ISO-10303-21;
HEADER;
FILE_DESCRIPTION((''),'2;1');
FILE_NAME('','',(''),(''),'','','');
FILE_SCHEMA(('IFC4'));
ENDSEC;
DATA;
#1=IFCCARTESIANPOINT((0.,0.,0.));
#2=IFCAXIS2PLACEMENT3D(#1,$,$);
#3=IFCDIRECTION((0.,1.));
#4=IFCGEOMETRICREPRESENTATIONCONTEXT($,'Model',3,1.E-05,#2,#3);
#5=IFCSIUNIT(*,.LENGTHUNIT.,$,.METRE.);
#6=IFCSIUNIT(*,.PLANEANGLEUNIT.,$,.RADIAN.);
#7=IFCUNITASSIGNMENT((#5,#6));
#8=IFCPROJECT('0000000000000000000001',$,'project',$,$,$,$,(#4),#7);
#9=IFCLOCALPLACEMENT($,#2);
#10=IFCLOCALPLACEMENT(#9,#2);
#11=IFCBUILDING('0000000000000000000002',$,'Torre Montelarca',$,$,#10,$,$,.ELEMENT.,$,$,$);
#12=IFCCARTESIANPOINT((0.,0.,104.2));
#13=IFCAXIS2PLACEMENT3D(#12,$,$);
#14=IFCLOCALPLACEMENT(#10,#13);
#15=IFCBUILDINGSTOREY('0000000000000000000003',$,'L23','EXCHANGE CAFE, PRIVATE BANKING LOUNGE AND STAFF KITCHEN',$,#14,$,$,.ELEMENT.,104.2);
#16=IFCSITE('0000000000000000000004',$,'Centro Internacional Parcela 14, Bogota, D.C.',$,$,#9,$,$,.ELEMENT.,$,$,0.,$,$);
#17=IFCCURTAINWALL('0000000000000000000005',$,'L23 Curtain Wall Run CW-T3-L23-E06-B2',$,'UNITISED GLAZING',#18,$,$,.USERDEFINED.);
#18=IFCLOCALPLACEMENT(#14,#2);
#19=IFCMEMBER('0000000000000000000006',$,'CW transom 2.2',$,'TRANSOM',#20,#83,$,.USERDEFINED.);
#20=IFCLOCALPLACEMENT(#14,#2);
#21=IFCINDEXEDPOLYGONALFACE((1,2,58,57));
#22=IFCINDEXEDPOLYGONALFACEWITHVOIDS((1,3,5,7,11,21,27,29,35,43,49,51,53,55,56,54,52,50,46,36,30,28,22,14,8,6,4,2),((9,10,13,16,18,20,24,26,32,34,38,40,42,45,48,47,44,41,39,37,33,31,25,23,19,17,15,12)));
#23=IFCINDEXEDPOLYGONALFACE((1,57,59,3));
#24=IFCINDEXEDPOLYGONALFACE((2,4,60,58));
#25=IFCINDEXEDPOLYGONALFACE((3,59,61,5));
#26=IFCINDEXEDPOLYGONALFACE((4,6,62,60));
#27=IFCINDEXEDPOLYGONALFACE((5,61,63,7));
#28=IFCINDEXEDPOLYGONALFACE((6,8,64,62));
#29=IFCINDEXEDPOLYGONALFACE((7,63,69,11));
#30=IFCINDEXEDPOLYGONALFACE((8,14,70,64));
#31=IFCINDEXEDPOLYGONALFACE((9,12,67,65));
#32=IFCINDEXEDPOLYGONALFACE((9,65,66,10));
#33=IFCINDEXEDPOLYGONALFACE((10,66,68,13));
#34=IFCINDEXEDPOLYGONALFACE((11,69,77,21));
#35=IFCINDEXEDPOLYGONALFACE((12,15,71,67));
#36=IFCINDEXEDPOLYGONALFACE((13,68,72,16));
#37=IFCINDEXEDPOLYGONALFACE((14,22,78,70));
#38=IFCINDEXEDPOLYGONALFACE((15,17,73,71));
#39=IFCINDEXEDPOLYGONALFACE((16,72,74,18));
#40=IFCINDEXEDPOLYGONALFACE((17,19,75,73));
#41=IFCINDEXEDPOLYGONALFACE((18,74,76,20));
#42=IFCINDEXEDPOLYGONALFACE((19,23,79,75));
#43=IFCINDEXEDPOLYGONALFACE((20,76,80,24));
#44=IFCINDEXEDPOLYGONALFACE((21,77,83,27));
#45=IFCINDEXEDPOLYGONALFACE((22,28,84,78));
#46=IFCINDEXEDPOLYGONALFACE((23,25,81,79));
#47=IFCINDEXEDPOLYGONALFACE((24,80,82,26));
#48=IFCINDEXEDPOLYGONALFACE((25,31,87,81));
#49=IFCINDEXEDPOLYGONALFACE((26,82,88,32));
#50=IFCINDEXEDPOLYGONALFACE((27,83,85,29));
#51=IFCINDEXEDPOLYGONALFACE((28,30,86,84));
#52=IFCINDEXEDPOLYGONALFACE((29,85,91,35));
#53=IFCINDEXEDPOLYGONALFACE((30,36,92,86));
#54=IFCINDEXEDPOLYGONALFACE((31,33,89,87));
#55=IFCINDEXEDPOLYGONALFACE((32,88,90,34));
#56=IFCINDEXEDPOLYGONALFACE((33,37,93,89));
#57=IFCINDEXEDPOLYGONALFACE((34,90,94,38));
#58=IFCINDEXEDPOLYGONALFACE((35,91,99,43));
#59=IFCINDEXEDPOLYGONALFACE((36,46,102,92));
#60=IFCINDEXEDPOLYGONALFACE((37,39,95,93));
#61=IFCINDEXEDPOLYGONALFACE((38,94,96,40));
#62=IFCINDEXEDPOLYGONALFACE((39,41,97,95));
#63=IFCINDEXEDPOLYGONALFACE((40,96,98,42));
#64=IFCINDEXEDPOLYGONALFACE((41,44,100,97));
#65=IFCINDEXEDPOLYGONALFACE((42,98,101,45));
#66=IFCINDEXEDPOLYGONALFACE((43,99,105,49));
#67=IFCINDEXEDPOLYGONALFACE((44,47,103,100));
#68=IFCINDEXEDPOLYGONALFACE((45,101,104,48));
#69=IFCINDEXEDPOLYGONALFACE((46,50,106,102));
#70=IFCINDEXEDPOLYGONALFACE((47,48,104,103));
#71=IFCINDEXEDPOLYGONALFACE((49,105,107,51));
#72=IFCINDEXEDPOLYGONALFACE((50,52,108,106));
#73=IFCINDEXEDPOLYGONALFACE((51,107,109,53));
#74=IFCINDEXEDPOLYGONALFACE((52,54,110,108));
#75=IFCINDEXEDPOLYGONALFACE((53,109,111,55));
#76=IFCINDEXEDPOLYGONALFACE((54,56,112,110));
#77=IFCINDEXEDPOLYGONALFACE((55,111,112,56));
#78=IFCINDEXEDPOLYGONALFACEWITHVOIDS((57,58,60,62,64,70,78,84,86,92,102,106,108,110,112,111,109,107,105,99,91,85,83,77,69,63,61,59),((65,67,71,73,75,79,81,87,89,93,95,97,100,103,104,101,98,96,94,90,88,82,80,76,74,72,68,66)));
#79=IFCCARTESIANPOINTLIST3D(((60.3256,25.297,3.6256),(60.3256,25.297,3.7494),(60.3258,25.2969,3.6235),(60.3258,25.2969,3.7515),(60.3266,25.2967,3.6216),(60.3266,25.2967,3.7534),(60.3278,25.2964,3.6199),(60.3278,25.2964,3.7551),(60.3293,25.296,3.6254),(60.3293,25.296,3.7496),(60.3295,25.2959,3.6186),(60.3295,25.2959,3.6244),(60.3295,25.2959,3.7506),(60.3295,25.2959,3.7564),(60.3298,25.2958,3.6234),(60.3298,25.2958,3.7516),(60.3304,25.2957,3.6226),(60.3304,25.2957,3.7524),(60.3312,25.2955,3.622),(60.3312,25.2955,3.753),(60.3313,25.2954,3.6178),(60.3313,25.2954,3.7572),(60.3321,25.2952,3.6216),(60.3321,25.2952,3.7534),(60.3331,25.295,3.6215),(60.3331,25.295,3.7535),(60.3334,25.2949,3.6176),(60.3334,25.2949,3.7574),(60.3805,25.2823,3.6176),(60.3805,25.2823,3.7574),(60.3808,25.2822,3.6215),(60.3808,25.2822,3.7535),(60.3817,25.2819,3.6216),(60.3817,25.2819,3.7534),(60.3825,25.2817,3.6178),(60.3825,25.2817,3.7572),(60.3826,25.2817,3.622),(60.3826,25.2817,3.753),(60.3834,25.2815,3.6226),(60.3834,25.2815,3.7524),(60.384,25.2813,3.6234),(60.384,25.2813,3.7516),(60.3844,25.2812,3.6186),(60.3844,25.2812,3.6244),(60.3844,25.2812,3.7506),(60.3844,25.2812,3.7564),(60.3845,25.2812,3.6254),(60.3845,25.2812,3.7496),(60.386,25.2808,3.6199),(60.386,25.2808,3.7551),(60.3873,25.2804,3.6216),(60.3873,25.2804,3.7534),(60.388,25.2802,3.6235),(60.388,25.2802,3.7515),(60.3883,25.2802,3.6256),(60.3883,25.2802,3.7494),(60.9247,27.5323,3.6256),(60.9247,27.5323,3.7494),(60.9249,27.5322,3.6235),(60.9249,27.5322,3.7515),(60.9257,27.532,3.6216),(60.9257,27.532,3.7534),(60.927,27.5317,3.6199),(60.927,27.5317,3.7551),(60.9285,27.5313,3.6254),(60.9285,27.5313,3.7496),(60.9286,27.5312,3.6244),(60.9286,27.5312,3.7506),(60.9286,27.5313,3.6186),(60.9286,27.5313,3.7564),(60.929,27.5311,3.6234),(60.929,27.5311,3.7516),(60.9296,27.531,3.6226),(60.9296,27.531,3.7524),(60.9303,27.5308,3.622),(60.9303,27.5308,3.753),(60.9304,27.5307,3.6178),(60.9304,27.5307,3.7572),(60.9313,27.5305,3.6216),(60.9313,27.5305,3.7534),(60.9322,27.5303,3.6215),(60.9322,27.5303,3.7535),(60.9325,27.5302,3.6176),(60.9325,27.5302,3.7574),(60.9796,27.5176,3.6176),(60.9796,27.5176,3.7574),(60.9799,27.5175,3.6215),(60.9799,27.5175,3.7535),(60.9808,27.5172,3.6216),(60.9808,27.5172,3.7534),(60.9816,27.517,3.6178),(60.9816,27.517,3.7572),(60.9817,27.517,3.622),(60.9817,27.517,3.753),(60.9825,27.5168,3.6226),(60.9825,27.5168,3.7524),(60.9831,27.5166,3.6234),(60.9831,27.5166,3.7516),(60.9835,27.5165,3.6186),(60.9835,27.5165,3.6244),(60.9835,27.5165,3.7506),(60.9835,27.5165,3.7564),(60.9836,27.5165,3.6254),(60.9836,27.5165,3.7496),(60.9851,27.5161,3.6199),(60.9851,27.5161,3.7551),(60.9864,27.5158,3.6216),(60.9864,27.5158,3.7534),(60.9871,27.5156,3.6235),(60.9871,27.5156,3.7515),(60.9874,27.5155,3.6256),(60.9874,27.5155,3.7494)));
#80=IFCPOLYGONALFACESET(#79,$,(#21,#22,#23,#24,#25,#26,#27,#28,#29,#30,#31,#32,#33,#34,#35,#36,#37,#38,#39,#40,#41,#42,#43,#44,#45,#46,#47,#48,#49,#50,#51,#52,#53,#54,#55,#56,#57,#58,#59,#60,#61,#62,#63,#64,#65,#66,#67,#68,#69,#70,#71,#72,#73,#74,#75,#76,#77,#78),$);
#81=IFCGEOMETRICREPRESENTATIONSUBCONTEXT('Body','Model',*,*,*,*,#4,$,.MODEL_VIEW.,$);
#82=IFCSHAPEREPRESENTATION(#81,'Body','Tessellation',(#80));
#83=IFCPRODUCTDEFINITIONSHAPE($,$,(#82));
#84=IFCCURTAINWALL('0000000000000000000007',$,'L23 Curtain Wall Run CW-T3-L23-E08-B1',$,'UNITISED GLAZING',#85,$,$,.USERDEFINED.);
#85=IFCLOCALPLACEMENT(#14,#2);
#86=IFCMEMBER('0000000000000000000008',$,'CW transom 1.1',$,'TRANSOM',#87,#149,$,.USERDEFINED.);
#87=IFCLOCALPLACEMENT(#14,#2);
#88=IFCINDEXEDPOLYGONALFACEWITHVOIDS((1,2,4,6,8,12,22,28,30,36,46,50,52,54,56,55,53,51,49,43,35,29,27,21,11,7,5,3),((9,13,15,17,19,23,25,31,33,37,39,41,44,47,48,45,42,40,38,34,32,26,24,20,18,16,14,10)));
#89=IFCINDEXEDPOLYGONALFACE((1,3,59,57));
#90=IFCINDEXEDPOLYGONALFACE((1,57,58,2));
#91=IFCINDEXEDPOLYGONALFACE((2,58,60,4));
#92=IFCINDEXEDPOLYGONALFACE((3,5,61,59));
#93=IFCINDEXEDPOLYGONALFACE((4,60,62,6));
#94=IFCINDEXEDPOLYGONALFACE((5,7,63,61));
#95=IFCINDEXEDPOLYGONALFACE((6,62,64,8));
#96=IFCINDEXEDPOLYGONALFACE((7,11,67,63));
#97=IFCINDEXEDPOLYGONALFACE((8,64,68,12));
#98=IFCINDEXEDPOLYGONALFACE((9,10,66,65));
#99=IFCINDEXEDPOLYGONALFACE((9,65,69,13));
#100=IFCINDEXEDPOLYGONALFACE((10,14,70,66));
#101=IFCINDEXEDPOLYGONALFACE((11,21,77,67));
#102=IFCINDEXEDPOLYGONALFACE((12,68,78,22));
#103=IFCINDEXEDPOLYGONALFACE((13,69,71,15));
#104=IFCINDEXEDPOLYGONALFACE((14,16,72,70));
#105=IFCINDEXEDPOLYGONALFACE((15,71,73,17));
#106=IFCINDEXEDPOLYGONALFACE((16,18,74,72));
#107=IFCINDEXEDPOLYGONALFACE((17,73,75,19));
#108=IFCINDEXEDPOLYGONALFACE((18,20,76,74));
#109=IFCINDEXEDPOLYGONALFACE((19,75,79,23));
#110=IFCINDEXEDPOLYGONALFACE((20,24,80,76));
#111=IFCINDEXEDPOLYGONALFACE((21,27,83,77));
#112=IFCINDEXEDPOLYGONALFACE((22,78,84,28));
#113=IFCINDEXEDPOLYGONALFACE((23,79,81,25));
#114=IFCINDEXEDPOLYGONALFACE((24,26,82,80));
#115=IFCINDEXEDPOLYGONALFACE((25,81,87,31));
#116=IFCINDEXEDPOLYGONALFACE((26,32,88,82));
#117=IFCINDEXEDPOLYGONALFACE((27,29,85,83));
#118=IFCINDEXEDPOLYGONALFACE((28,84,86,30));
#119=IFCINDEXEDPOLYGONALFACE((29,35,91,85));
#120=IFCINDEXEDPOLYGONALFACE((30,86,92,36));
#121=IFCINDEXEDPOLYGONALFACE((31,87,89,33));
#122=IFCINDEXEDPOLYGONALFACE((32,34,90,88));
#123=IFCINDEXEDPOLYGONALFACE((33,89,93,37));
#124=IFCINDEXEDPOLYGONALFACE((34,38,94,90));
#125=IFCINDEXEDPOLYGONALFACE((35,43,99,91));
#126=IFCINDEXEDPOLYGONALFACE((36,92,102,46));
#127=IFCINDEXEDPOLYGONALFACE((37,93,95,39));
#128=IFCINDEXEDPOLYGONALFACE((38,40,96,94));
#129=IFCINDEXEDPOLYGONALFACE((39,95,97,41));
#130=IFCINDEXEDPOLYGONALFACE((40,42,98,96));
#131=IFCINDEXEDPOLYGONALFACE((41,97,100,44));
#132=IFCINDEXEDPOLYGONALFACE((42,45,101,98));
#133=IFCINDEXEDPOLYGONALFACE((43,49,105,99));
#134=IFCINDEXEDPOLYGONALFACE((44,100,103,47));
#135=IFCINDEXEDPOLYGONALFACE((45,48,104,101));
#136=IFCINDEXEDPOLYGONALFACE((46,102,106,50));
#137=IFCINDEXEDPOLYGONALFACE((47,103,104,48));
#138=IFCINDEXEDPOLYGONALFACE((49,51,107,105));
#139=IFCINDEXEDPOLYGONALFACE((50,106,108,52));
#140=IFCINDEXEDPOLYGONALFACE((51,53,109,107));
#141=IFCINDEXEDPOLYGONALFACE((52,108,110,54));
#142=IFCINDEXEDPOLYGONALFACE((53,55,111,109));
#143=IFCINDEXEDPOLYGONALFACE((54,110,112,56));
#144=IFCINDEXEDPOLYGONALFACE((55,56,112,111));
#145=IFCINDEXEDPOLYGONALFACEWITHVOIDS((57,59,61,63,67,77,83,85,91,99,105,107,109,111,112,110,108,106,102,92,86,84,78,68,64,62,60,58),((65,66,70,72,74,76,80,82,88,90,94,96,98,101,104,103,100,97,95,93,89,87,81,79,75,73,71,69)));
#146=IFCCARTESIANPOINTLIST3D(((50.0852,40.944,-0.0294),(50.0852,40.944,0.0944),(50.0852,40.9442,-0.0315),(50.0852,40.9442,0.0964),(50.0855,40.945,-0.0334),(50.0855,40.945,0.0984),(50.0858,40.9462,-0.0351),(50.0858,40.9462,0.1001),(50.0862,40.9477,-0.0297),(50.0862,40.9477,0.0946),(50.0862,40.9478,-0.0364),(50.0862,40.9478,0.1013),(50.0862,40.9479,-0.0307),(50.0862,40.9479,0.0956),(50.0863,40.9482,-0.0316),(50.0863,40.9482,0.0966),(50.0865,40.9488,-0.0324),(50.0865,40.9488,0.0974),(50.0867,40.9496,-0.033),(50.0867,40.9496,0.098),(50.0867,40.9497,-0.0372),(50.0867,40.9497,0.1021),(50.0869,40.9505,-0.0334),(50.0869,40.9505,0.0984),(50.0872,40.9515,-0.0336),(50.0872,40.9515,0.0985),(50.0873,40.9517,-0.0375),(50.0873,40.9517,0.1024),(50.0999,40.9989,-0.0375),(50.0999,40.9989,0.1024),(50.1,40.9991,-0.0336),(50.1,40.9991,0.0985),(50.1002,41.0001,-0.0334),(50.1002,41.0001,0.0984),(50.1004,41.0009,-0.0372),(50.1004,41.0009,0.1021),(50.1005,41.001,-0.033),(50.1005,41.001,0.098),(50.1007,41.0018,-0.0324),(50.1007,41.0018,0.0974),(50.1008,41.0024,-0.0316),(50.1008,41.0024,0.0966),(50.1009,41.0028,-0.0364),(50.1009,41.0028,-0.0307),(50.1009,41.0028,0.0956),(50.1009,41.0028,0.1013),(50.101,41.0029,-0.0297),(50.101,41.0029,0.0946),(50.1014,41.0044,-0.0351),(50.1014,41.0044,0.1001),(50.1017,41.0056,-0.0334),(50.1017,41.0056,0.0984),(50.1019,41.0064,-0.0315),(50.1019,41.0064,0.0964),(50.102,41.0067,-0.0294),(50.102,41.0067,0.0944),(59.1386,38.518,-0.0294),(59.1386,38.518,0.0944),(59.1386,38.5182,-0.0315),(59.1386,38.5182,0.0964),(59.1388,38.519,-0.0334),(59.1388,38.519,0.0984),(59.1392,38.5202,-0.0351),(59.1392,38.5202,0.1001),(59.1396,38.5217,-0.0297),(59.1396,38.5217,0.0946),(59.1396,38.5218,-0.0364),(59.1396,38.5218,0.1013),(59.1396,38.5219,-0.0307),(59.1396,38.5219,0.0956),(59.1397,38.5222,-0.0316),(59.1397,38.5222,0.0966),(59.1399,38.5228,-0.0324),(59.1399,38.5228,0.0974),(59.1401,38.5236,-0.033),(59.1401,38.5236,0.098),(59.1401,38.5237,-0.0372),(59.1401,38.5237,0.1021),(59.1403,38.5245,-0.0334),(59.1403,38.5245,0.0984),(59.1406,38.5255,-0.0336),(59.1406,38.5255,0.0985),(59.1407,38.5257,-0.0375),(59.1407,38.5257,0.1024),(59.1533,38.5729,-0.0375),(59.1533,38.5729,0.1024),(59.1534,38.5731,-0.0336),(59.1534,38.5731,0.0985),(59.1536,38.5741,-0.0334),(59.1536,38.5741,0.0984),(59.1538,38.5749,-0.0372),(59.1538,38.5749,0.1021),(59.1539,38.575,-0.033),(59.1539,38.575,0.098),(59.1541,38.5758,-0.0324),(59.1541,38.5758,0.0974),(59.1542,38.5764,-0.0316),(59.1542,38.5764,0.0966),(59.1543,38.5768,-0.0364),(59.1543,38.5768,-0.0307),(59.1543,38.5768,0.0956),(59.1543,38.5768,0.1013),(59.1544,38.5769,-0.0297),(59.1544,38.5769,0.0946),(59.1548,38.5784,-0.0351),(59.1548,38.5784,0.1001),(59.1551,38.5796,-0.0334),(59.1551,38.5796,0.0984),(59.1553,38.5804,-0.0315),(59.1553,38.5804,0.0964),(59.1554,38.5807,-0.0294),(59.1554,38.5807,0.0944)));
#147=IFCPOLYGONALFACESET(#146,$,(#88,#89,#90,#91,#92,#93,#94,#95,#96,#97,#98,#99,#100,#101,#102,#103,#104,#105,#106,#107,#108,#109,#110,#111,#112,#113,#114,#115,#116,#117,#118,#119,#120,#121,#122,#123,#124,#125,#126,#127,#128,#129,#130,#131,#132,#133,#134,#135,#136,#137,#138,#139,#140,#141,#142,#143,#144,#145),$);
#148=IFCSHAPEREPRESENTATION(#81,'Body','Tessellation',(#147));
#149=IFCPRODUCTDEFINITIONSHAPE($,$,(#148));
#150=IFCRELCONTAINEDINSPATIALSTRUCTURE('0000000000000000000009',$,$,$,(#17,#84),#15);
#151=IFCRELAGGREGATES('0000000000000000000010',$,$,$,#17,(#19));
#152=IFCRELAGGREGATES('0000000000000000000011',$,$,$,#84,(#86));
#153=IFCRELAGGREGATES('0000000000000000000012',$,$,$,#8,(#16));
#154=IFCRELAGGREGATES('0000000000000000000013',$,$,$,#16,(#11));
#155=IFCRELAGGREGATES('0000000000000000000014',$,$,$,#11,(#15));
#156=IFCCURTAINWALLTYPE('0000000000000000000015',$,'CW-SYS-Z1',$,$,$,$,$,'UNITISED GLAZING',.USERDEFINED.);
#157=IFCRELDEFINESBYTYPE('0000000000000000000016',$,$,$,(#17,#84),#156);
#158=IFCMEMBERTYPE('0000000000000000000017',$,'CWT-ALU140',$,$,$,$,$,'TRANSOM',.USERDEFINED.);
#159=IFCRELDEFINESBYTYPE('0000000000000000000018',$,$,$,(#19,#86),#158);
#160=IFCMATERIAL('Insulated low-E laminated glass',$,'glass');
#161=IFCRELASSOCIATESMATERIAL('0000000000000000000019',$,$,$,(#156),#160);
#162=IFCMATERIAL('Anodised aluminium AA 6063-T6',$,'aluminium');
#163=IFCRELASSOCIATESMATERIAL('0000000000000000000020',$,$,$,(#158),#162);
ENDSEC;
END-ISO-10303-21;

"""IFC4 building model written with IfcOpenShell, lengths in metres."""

from ifc_helpers import new_model, si_unit, direction, frame, origin, origin_2d, place, context, subcontext, project, spatial, hollow_rectangle, extrude, source, transform, mapped, material, material_profile, profile_set, type_object, element, aggregate, save


model = new_model("IFC4")

# Units and contexts
model_context = context("Model", 3, precision=1e-05, world=origin(), true_north=direction((0.0, 1.0)))
body_context = subcontext(model_context, "Body", "Model", "MODEL_VIEW")
ifc_project = project(units=[si_unit("LENGTHUNIT", "METRE"), si_unit("PLANEANGLEUNIT", "RADIAN")], contexts=[model_context])

# Site, building, storey
site_placement = place(None, origin())
site = spatial("IfcSite", under=ifc_project, at=site_placement, Name="Centro Internacional Parcela 14, Bogota, D.C.", CompositionType="ELEMENT", RefElevation=0.0)
building_placement = place(site_placement, origin())
building = spatial("IfcBuilding", under=site, at=building_placement, Name="Torre Montelarca", CompositionType="ELEMENT")
storey_placement = place(building_placement, frame((0.0, 0.0, 104.2)))
storey = spatial("IfcBuildingStorey", under=building, at=storey_placement, Name="L23", Description="EXCHANGE CAFE, PRIVATE BANKING LOUNGE AND STAFF KITCHEN", CompositionType="ELEMENT", Elevation=104.2)

# Curtain walls, members
ifc_material_1 = material(Name="Insulated low-E laminated glass", Category="glass")
curtain_wall_type = type_object("IfcCurtainWallType", Name="CW-SYS-Z1", ElementType="UNITISED GLAZING", PredefinedType="USERDEFINED", material=ifc_material_1)
ifc_material_2 = material(Name="Anodised aluminium AA 6063-T6", Category="aluminium")
ifc_material_profile_1 = material_profile(ifc_material_2, hollow_rectangle(XDim=0.0649, YDim=0.1399, WallThickness=0.0039, InnerFilletRadius=0.0039, OuterFilletRadius=0.0081, at=origin_2d()), Name="ALU65X140X4", Category="aluminium")
ifc_profile_set_1 = profile_set([ifc_material_profile_1], Name="Anodised aluminium AA 6063-T6")
member_type_1 = type_object("IfcMemberType", Name="CWT-ALU140", ElementType="TRANSOM", PredefinedType="USERDEFINED", material=ifc_profile_set_1)
curtain_wall_1_placement = place(storey_placement, origin())
curtain_wall_1 = element("IfcCurtainWall", 1, at=curtain_wall_1_placement, inside=storey, type_object=curtain_wall_type, Name="L23 Curtain Wall Run CW-T3-L23-E06-B2", ObjectType="UNITISED GLAZING", PredefinedType="USERDEFINED")
shared_shape_1 = source(origin(), body_context, "Body", "SweptSolid", [
    extrude(hollow_rectangle(XDim=0.0649, YDim=0.1399, WallThickness=0.0039, InnerFilletRadius=0.0039, OuterFilletRadius=0.0081, at=origin_2d()), origin(), (0.0, 0.0, 1.0), 2.3142),
])
member_1_placement = place(storey_placement, frame((60.3569, 25.2886, 3.6875), z_axis=(0.258884, 0.965908, 0.0), x_axis=(-0.965908, 0.258884, 0.0)))
member_1 = element("IfcMember", 2, at=member_1_placement, type_object=member_type_1, Name="CW transom 2.2", ObjectType="TRANSOM", PredefinedType="USERDEFINED", context=body_context, shape_type="MappedRepresentation", body=[
    mapped(shared_shape_1, transform((0.0, 0.0, 0.0), scale=1.0)),
])
curtain_wall_2_placement = place(storey_placement, origin())
curtain_wall_2 = element("IfcCurtainWall", 3, at=curtain_wall_2_placement, inside=storey, type_object=curtain_wall_type, Name="L23 Curtain Wall Run CW-T3-L23-E08-B1", ObjectType="UNITISED GLAZING", PredefinedType="USERDEFINED")
shared_shape_2 = source(origin(), body_context, "Body", "SweptSolid", [
    extrude(hollow_rectangle(XDim=0.0649, YDim=0.1399, WallThickness=0.0039, InnerFilletRadius=0.0039, OuterFilletRadius=0.0081, at=origin_2d()), origin(), (0.0, 0.0, 1.0), 9.3728),
])
member_2_placement = place(storey_placement, frame((59.147, 38.5493, 0.0325), z_axis=(-0.965922, 0.258835, 0.0), x_axis=(-0.258835, -0.965922, 0.0)))
member_2 = element("IfcMember", 4, at=member_2_placement, type_object=member_type_1, Name="CW transom 1.1", ObjectType="TRANSOM", PredefinedType="USERDEFINED", context=body_context, shape_type="MappedRepresentation", body=[
    mapped(shared_shape_2, transform((0.0, 0.0, 0.0), scale=1.0)),
])

aggregate(curtain_wall_1, [member_1])
aggregate(curtain_wall_2, [member_2])

save(model, "model.ifc")
